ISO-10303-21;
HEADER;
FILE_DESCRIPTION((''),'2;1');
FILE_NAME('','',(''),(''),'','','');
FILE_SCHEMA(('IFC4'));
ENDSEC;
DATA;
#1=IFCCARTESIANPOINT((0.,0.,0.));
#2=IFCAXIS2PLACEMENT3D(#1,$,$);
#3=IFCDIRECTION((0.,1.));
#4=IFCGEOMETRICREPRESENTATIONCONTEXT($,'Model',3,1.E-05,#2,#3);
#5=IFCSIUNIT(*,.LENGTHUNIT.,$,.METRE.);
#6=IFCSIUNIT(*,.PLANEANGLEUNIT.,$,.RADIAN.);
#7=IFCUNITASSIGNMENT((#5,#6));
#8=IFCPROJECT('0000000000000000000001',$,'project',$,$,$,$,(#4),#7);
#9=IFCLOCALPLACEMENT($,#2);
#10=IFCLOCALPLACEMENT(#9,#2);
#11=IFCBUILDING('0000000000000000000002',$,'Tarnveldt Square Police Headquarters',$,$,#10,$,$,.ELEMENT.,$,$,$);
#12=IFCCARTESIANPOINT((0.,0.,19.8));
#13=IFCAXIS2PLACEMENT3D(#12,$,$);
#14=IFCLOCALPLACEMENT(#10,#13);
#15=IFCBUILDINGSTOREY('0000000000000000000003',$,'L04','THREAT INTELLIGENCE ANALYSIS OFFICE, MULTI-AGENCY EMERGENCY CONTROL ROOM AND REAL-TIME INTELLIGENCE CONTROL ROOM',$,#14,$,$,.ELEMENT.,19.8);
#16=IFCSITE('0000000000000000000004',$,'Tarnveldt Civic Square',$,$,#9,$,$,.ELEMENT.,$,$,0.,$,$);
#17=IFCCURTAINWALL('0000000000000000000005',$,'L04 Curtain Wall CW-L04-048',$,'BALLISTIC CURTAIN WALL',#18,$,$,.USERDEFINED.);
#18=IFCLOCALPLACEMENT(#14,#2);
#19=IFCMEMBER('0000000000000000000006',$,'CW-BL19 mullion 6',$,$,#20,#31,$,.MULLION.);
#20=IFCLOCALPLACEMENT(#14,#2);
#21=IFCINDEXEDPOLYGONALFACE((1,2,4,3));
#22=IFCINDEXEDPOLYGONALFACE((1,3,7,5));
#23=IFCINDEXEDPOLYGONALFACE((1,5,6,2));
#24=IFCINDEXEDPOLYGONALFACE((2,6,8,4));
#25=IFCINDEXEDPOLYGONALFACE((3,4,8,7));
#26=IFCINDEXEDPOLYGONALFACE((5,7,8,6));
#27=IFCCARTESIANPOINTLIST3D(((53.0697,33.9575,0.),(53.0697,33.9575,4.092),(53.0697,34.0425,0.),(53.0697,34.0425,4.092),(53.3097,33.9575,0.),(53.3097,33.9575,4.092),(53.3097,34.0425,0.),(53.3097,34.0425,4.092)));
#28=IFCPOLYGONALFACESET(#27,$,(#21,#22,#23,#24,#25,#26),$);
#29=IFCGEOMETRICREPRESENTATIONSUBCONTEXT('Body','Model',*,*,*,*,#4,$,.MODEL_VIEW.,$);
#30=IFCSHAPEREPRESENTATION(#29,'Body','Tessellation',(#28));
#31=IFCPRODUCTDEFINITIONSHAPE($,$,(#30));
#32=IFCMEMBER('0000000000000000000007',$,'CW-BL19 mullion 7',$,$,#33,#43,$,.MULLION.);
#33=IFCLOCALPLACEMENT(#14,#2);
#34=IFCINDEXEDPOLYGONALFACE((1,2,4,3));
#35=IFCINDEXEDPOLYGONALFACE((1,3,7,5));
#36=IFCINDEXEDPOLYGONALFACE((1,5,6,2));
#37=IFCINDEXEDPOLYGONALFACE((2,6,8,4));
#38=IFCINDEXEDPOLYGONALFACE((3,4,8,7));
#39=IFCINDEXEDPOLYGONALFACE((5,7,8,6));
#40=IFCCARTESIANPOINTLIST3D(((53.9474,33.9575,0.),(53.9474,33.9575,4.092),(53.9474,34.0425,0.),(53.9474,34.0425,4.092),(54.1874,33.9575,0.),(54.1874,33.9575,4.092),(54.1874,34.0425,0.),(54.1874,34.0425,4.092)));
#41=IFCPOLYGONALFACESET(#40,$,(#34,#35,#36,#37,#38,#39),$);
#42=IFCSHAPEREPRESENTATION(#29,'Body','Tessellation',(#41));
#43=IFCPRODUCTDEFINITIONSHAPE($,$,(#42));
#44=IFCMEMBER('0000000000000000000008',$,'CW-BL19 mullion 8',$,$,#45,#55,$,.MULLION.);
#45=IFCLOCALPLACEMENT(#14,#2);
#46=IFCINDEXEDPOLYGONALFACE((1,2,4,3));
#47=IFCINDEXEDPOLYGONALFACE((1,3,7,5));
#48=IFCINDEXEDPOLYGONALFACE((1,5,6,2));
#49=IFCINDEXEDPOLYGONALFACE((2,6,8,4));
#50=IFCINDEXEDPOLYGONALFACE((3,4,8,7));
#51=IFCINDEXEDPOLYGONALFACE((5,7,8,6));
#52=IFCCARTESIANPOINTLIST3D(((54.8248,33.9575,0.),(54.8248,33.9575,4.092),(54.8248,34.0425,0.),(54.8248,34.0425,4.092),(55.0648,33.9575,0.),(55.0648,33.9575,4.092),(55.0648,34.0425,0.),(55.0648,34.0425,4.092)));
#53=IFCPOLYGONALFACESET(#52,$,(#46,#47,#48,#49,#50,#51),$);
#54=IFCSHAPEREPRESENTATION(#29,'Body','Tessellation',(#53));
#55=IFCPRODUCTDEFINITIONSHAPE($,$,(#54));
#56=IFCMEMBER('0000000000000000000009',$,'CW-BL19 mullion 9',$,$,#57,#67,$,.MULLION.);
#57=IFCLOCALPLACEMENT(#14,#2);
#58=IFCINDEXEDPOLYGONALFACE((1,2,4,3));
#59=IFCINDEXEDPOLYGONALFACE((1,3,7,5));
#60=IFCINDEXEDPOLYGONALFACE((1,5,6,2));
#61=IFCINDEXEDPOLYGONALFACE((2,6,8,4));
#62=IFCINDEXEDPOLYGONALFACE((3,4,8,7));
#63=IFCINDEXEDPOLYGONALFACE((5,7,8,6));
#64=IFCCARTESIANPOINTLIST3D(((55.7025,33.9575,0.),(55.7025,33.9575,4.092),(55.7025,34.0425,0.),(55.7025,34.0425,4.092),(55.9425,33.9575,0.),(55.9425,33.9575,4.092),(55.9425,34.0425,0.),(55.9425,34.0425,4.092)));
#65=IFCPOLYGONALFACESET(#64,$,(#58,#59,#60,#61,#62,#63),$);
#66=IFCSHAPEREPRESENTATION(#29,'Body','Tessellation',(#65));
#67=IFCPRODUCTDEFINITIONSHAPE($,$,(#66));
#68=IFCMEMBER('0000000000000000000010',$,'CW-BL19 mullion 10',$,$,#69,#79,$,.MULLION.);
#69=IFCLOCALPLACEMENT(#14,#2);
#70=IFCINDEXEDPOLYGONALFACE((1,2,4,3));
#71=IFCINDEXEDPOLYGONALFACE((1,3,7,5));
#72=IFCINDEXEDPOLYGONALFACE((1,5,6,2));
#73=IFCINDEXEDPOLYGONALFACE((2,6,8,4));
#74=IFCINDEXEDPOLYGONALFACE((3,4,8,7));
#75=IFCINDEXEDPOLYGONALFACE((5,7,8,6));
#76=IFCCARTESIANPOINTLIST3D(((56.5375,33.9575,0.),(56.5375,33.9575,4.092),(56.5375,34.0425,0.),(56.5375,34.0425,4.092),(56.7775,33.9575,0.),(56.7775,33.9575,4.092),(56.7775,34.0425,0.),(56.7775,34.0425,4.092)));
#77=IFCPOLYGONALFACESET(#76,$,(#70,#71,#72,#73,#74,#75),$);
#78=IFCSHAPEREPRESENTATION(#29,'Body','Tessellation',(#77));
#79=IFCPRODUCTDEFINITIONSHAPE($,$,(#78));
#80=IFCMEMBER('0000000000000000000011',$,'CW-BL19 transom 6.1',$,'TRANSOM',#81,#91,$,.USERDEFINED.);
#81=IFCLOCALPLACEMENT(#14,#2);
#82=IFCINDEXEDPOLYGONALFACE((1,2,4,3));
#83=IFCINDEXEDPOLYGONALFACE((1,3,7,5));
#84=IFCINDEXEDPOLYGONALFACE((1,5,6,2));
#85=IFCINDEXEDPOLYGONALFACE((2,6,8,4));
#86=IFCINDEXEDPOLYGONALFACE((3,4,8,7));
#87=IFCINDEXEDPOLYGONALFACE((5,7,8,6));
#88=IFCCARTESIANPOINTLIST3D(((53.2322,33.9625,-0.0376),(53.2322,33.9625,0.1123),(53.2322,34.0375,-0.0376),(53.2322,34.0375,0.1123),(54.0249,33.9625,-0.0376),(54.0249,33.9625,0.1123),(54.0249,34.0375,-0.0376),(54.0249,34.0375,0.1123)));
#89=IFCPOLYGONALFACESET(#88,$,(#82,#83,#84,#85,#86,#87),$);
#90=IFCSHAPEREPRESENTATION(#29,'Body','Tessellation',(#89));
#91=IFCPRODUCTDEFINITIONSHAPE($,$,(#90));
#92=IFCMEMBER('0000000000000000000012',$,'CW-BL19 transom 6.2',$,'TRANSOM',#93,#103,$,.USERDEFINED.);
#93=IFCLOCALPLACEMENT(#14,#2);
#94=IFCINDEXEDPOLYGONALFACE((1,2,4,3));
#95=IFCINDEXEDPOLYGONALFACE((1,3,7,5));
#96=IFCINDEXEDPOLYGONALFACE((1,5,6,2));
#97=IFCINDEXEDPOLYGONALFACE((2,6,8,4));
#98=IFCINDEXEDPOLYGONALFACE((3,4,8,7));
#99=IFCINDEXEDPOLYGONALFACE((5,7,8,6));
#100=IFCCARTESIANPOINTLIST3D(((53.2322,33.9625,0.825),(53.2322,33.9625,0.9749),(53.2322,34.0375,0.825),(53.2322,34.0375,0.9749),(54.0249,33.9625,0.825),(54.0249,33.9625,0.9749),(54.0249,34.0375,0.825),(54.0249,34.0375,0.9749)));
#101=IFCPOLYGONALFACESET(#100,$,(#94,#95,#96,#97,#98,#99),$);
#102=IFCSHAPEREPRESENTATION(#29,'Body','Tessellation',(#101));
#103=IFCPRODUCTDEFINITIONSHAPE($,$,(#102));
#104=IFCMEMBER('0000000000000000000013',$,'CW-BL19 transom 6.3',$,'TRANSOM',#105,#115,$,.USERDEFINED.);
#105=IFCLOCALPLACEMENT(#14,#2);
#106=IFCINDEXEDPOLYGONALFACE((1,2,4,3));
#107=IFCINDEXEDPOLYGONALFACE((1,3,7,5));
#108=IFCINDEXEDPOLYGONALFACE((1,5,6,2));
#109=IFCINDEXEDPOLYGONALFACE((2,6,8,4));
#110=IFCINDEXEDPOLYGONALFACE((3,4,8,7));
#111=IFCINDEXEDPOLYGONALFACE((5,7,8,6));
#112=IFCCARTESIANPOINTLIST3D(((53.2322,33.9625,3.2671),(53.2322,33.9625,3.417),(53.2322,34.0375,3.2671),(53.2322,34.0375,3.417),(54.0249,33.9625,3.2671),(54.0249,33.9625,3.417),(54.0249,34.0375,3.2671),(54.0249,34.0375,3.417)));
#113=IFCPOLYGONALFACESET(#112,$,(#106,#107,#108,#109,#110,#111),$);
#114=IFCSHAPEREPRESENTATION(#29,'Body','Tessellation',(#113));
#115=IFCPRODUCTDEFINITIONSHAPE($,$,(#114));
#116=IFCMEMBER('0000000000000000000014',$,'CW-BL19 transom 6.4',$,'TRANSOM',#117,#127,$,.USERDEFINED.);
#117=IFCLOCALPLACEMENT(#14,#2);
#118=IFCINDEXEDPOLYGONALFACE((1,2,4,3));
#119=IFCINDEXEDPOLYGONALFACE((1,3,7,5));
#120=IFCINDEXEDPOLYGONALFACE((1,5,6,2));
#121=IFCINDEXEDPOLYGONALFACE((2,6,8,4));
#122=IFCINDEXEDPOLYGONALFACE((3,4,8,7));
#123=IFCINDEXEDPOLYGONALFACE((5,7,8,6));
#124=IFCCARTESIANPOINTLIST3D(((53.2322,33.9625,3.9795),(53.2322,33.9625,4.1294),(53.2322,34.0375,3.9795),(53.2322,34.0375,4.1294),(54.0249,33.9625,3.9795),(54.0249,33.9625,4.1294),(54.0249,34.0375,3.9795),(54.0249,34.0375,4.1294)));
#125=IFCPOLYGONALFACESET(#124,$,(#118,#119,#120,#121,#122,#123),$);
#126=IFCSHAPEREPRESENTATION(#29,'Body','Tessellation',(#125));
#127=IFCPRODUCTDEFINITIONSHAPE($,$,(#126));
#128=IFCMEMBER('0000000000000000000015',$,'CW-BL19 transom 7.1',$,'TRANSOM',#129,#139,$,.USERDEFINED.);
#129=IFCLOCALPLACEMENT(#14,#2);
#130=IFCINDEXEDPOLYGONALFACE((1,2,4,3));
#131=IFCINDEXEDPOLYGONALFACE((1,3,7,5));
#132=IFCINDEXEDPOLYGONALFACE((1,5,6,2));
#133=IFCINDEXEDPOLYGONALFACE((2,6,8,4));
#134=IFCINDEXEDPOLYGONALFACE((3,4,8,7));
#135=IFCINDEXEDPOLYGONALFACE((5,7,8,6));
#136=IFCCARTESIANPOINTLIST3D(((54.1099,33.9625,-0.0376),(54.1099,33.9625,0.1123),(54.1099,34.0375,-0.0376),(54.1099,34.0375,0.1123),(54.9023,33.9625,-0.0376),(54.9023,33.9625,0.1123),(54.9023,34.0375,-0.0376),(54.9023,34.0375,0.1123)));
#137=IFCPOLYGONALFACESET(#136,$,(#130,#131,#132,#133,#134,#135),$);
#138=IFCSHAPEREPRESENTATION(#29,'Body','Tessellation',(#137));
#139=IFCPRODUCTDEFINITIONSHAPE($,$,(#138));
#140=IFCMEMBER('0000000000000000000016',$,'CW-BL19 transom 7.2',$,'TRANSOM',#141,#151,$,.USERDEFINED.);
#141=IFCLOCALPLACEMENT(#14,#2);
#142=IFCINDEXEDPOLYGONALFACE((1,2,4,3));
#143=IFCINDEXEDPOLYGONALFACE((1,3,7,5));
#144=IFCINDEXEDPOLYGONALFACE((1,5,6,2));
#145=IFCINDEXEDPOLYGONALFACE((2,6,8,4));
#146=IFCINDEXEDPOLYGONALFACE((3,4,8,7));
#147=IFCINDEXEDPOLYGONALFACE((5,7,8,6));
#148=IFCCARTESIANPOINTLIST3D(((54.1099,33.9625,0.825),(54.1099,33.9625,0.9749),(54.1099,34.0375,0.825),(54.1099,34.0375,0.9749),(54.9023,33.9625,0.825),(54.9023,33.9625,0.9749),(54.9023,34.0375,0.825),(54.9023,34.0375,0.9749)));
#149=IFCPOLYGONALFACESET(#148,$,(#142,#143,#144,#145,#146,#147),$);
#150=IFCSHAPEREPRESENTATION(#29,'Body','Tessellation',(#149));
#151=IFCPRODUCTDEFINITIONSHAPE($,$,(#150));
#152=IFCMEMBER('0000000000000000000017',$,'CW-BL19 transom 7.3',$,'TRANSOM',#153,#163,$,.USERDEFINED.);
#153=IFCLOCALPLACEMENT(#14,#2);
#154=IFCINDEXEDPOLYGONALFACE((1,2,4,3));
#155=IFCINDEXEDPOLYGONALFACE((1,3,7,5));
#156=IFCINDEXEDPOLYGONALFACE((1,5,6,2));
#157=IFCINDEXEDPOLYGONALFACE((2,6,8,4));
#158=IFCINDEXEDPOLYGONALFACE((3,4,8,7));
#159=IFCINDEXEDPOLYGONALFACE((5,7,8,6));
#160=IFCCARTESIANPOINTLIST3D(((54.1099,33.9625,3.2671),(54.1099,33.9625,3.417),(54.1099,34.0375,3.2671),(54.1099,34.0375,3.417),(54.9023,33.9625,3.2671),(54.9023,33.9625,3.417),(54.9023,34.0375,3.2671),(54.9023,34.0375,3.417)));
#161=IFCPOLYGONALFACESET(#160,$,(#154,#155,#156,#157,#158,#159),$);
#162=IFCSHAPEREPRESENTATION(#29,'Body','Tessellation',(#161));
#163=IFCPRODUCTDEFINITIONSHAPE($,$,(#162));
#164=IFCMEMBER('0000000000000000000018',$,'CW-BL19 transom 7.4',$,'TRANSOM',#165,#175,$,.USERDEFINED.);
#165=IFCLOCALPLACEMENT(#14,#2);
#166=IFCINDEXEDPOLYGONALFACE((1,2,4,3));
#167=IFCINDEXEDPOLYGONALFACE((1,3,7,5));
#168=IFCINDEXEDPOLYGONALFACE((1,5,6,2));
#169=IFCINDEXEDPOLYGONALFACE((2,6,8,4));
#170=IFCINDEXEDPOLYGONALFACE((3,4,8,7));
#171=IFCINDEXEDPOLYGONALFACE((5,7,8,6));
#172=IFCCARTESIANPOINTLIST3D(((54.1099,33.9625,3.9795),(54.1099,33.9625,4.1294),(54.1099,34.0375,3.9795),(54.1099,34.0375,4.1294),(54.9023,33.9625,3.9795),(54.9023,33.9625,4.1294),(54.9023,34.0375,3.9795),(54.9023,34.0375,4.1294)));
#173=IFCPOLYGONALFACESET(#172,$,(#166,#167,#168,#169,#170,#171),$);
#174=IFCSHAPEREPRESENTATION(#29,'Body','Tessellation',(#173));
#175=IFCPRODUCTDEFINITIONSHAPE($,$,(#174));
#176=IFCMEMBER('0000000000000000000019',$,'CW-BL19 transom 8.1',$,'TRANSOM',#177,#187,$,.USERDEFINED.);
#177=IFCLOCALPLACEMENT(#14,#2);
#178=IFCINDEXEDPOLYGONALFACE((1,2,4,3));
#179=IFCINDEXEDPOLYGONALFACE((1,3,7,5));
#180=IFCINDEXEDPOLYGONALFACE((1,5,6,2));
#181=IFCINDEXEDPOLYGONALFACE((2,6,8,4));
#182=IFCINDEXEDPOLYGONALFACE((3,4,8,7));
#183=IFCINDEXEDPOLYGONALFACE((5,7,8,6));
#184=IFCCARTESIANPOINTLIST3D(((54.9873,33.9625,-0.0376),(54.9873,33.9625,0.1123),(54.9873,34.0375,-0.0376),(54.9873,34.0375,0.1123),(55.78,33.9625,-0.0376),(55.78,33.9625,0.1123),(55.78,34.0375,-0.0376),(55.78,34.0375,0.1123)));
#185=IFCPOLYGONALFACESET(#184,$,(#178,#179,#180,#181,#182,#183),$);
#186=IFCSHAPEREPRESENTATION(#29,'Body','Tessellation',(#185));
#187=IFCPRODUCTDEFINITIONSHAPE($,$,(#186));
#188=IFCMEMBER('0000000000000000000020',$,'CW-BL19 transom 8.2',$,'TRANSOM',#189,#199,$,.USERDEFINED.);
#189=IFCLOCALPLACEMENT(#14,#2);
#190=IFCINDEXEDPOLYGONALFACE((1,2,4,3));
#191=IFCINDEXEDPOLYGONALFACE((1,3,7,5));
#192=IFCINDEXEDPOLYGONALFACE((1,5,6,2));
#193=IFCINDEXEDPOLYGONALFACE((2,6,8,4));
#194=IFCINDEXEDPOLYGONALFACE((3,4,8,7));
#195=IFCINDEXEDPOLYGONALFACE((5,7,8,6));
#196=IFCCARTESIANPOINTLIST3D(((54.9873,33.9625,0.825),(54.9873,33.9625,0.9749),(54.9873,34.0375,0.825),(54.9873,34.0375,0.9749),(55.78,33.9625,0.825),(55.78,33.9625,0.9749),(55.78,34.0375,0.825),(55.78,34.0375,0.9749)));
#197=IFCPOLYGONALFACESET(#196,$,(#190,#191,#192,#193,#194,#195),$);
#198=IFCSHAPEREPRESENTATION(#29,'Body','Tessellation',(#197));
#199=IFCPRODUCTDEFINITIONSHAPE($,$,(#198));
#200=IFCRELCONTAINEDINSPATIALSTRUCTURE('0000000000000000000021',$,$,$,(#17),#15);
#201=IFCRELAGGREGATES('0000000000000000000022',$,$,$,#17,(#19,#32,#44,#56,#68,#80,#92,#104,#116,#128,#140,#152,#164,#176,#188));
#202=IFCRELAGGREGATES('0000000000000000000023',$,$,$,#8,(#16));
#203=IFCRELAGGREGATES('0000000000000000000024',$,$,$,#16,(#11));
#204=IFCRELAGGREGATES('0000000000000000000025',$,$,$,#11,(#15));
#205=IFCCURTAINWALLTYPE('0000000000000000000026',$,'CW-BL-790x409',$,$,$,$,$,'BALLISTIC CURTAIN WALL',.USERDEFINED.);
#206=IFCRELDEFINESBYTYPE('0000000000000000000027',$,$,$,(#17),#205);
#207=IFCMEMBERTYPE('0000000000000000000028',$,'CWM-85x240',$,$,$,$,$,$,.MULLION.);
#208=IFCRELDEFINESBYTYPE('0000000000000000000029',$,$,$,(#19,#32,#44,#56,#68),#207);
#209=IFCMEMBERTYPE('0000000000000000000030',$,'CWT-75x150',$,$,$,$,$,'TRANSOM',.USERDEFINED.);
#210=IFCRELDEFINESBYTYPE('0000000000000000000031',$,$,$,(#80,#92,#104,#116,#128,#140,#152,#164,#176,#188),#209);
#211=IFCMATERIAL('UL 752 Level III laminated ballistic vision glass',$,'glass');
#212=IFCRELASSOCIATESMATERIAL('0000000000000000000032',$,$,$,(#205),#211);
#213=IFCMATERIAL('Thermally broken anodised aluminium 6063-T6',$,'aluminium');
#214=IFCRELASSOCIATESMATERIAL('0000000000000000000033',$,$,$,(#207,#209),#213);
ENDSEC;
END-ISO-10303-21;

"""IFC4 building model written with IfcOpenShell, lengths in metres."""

from ifc_helpers import new_model, si_unit, direction, frame, origin, origin_2d, place, context, subcontext, project, spatial, rectangle, extrude, material, material_profile, profile_set, type_object, element, aggregate, save


model = new_model("IFC4")

# Units and contexts
model_context = context("Model", 3, precision=1e-05, world=origin(), true_north=direction((0.0, 1.0)))
body_context = subcontext(model_context, "Body", "Model", "MODEL_VIEW")
ifc_project = project(units=[si_unit("LENGTHUNIT", "METRE"), si_unit("PLANEANGLEUNIT", "RADIAN")], contexts=[model_context])

# Site, building, storey
site_placement = place(None, origin())
site = spatial("IfcSite", under=ifc_project, at=site_placement, Name="Tarnveldt Civic Square", CompositionType="ELEMENT", RefElevation=0.0)
building_placement = place(site_placement, origin())
building = spatial("IfcBuilding", under=site, at=building_placement, Name="Tarnveldt Square Police Headquarters", CompositionType="ELEMENT")
storey_placement = place(building_placement, frame((0.0, 0.0, 19.8)))
storey = spatial("IfcBuildingStorey", under=building, at=storey_placement, Name="L04", Description="THREAT INTELLIGENCE ANALYSIS OFFICE, MULTI-AGENCY EMERGENCY CONTROL ROOM AND REAL-TIME INTELLIGENCE CONTROL ROOM", CompositionType="ELEMENT", Elevation=19.8)

# Curtain wall, members
ifc_material_1 = material(Name="UL 752 Level III laminated ballistic vision glass", Category="glass")
curtain_wall_type = type_object("IfcCurtainWallType", Name="CW-BL-790x409", ElementType="BALLISTIC CURTAIN WALL", PredefinedType="USERDEFINED", material=ifc_material_1)
curtain_wall_placement = place(storey_placement, origin())
curtain_wall = element("IfcCurtainWall", 1, at=curtain_wall_placement, inside=storey, type_object=curtain_wall_type, Name="L04 Curtain Wall CW-L04-048", ObjectType="BALLISTIC CURTAIN WALL", PredefinedType="USERDEFINED")
ifc_material_2 = material(Name="Thermally broken anodised aluminium 6063-T6", Category="aluminium")
ifc_material_profile_1 = material_profile(ifc_material_2, rectangle(XDim=0.085, YDim=0.24, at=origin_2d()), Name="CW-M85x240")
ifc_profile_set_1 = profile_set([ifc_material_profile_1], Name="Thermally broken anodised aluminium 6063-T6")
member_type_1 = type_object("IfcMemberType", Name="CWM-85x240", PredefinedType="MULLION", material=ifc_profile_set_1)
member_1_placement = place(storey_placement, frame((53.1897, 34.0, 0.0), z_axis=(0.0, 0.0, 1.0), x_axis=(0.0, 1.0, 0.0)))
member_1 = element("IfcMember", 2, at=member_1_placement, type_object=member_type_1, Name="CW-BL19 mullion 6", PredefinedType="MULLION", context=body_context, shape_type="SweptSolid", body=[
    extrude(rectangle(XDim=0.085, YDim=0.24, at=origin_2d()), origin(), (0.0, 0.0, 1.0), 4.092),
])
member_2_placement = place(storey_placement, frame((54.0674, 34.0, 0.0), z_axis=(0.0, 0.0, 1.0), x_axis=(0.0, 1.0, 0.0)))
member_2 = element("IfcMember", 3, at=member_2_placement, type_object=member_type_1, Name="CW-BL19 mullion 7", PredefinedType="MULLION", context=body_context, shape_type="SweptSolid", body=[
    extrude(rectangle(XDim=0.085, YDim=0.24, at=origin_2d()), origin(), (0.0, 0.0, 1.0), 4.092),
])
member_3_placement = place(storey_placement, frame((54.9448, 34.0, 0.0), z_axis=(0.0, 0.0, 1.0), x_axis=(0.0, 1.0, 0.0)))
member_3 = element("IfcMember", 4, at=member_3_placement, type_object=member_type_1, Name="CW-BL19 mullion 8", PredefinedType="MULLION", context=body_context, shape_type="SweptSolid", body=[
    extrude(rectangle(XDim=0.085, YDim=0.24, at=origin_2d()), origin(), (0.0, 0.0, 1.0), 4.092),
])
member_4_placement = place(storey_placement, frame((55.8225, 34.0, 0.0), z_axis=(0.0, 0.0, 1.0), x_axis=(0.0, 1.0, 0.0)))
member_4 = element("IfcMember", 5, at=member_4_placement, type_object=member_type_1, Name="CW-BL19 mullion 9", PredefinedType="MULLION", context=body_context, shape_type="SweptSolid", body=[
    extrude(rectangle(XDim=0.085, YDim=0.24, at=origin_2d()), origin(), (0.0, 0.0, 1.0), 4.092),
])
member_5_placement = place(storey_placement, frame((56.6575, 34.0, 0.0), z_axis=(0.0, 0.0, 1.0), x_axis=(0.0, 1.0, 0.0)))
member_5 = element("IfcMember", 6, at=member_5_placement, type_object=member_type_1, Name="CW-BL19 mullion 10", PredefinedType="MULLION", context=body_context, shape_type="SweptSolid", body=[
    extrude(rectangle(XDim=0.085, YDim=0.24, at=origin_2d()), origin(), (0.0, 0.0, 1.0), 4.092),
])
ifc_material_profile_2 = material_profile(ifc_material_2, rectangle(XDim=0.075, YDim=0.1499, at=origin_2d()), Name="CW-T75x150")
ifc_profile_set_2 = profile_set([ifc_material_profile_2], Name="Thermally broken anodised aluminium 6063-T6")
member_type_2 = type_object("IfcMemberType", Name="CWT-75x150", ElementType="TRANSOM", PredefinedType="USERDEFINED", material=ifc_profile_set_2)
member_6_placement = place(storey_placement, frame((53.2322, 34.0, 0.0374), z_axis=(1.0, 0.0, 0.0), x_axis=(0.0, 1.0, 0.0)))
member_6 = element("IfcMember", 7, at=member_6_placement, type_object=member_type_2, Name="CW-BL19 transom 6.1", ObjectType="TRANSOM", PredefinedType="USERDEFINED", context=body_context, shape_type="SweptSolid", body=[
    extrude(rectangle(XDim=0.075, YDim=0.1499, at=origin_2d()), origin(), (0.0, 0.0, 1.0), 0.7927),
])
member_7_placement = place(storey_placement, frame((53.2322, 34.0, 0.8999), z_axis=(1.0, 0.0, 0.0), x_axis=(0.0, 1.0, 0.0)))
member_7 = element("IfcMember", 8, at=member_7_placement, type_object=member_type_2, Name="CW-BL19 transom 6.2", ObjectType="TRANSOM", PredefinedType="USERDEFINED", context=body_context, shape_type="SweptSolid", body=[
    extrude(rectangle(XDim=0.075, YDim=0.1499, at=origin_2d()), origin(), (0.0, 0.0, 1.0), 0.7927),
])
member_8_placement = place(storey_placement, frame((53.2322, 34.0, 3.342), z_axis=(1.0, 0.0, 0.0), x_axis=(0.0, 1.0, 0.0)))
member_8 = element("IfcMember", 9, at=member_8_placement, type_object=member_type_2, Name="CW-BL19 transom 6.3", ObjectType="TRANSOM", PredefinedType="USERDEFINED", context=body_context, shape_type="SweptSolid", body=[
    extrude(rectangle(XDim=0.075, YDim=0.1499, at=origin_2d()), origin(), (0.0, 0.0, 1.0), 0.7927),
])
member_9_placement = place(storey_placement, frame((53.2322, 34.0, 4.0544), z_axis=(1.0, 0.0, 0.0), x_axis=(0.0, 1.0, 0.0)))
member_9 = element("IfcMember", 10, at=member_9_placement, type_object=member_type_2, Name="CW-BL19 transom 6.4", ObjectType="TRANSOM", PredefinedType="USERDEFINED", context=body_context, shape_type="SweptSolid", body=[
    extrude(rectangle(XDim=0.075, YDim=0.1499, at=origin_2d()), origin(), (0.0, 0.0, 1.0), 0.7927),
])
member_10_placement = place(storey_placement, frame((54.1099, 34.0, 0.0374), z_axis=(1.0, 0.0, 0.0), x_axis=(0.0, 1.0, 0.0)))
member_10 = element("IfcMember", 11, at=member_10_placement, type_object=member_type_2, Name="CW-BL19 transom 7.1", ObjectType="TRANSOM", PredefinedType="USERDEFINED", context=body_context, shape_type="SweptSolid", body=[
    extrude(rectangle(XDim=0.075, YDim=0.1499, at=origin_2d()), origin(), (0.0, 0.0, 1.0), 0.7925),
])
member_11_placement = place(storey_placement, frame((54.1099, 34.0, 0.8999), z_axis=(1.0, 0.0, 0.0), x_axis=(0.0, 1.0, 0.0)))
member_11 = element("IfcMember", 12, at=member_11_placement, type_object=member_type_2, Name="CW-BL19 transom 7.2", ObjectType="TRANSOM", PredefinedType="USERDEFINED", context=body_context, shape_type="SweptSolid", body=[
    extrude(rectangle(XDim=0.075, YDim=0.1499, at=origin_2d()), origin(), (0.0, 0.0, 1.0), 0.7925),
])
member_12_placement = place(storey_placement, frame((54.1099, 34.0, 3.342), z_axis=(1.0, 0.0, 0.0), x_axis=(0.0, 1.0, 0.0)))
member_12 = element("IfcMember", 13, at=member_12_placement, type_object=member_type_2, Name="CW-BL19 transom 7.3", ObjectType="TRANSOM", PredefinedType="USERDEFINED", context=body_context, shape_type="SweptSolid", body=[
    extrude(rectangle(XDim=0.075, YDim=0.1499, at=origin_2d()), origin(), (0.0, 0.0, 1.0), 0.7925),
])
member_13_placement = place(storey_placement, frame((54.1099, 34.0, 4.0544), z_axis=(1.0, 0.0, 0.0), x_axis=(0.0, 1.0, 0.0)))
member_13 = element("IfcMember", 14, at=member_13_placement, type_object=member_type_2, Name="CW-BL19 transom 7.4", ObjectType="TRANSOM", PredefinedType="USERDEFINED", context=body_context, shape_type="SweptSolid", body=[
    extrude(rectangle(XDim=0.075, YDim=0.1499, at=origin_2d()), origin(), (0.0, 0.0, 1.0), 0.7925),
])
member_14_placement = place(storey_placement, frame((54.9873, 34.0, 0.0374), z_axis=(1.0, 0.0, 0.0), x_axis=(0.0, 1.0, 0.0)))
member_14 = element("IfcMember", 15, at=member_14_placement, type_object=member_type_2, Name="CW-BL19 transom 8.1", ObjectType="TRANSOM", PredefinedType="USERDEFINED", context=body_context, shape_type="SweptSolid", body=[
    extrude(rectangle(XDim=0.075, YDim=0.1499, at=origin_2d()), origin(), (0.0, 0.0, 1.0), 0.7927),
])
member_15_placement = place(storey_placement, frame((54.9873, 34.0, 0.8999), z_axis=(1.0, 0.0, 0.0), x_axis=(0.0, 1.0, 0.0)))
member_15 = element("IfcMember", 16, at=member_15_placement, type_object=member_type_2, Name="CW-BL19 transom 8.2", ObjectType="TRANSOM", PredefinedType="USERDEFINED", context=body_context, shape_type="SweptSolid", body=[
    extrude(rectangle(XDim=0.075, YDim=0.1499, at=origin_2d()), origin(), (0.0, 0.0, 1.0), 0.7927),
])

aggregate(curtain_wall, [member_1, member_2, member_3, member_4, member_5, member_6, member_7, member_8, member_9, member_10, member_11, member_12, member_13, member_14, member_15])

save(model, "model.ifc")
